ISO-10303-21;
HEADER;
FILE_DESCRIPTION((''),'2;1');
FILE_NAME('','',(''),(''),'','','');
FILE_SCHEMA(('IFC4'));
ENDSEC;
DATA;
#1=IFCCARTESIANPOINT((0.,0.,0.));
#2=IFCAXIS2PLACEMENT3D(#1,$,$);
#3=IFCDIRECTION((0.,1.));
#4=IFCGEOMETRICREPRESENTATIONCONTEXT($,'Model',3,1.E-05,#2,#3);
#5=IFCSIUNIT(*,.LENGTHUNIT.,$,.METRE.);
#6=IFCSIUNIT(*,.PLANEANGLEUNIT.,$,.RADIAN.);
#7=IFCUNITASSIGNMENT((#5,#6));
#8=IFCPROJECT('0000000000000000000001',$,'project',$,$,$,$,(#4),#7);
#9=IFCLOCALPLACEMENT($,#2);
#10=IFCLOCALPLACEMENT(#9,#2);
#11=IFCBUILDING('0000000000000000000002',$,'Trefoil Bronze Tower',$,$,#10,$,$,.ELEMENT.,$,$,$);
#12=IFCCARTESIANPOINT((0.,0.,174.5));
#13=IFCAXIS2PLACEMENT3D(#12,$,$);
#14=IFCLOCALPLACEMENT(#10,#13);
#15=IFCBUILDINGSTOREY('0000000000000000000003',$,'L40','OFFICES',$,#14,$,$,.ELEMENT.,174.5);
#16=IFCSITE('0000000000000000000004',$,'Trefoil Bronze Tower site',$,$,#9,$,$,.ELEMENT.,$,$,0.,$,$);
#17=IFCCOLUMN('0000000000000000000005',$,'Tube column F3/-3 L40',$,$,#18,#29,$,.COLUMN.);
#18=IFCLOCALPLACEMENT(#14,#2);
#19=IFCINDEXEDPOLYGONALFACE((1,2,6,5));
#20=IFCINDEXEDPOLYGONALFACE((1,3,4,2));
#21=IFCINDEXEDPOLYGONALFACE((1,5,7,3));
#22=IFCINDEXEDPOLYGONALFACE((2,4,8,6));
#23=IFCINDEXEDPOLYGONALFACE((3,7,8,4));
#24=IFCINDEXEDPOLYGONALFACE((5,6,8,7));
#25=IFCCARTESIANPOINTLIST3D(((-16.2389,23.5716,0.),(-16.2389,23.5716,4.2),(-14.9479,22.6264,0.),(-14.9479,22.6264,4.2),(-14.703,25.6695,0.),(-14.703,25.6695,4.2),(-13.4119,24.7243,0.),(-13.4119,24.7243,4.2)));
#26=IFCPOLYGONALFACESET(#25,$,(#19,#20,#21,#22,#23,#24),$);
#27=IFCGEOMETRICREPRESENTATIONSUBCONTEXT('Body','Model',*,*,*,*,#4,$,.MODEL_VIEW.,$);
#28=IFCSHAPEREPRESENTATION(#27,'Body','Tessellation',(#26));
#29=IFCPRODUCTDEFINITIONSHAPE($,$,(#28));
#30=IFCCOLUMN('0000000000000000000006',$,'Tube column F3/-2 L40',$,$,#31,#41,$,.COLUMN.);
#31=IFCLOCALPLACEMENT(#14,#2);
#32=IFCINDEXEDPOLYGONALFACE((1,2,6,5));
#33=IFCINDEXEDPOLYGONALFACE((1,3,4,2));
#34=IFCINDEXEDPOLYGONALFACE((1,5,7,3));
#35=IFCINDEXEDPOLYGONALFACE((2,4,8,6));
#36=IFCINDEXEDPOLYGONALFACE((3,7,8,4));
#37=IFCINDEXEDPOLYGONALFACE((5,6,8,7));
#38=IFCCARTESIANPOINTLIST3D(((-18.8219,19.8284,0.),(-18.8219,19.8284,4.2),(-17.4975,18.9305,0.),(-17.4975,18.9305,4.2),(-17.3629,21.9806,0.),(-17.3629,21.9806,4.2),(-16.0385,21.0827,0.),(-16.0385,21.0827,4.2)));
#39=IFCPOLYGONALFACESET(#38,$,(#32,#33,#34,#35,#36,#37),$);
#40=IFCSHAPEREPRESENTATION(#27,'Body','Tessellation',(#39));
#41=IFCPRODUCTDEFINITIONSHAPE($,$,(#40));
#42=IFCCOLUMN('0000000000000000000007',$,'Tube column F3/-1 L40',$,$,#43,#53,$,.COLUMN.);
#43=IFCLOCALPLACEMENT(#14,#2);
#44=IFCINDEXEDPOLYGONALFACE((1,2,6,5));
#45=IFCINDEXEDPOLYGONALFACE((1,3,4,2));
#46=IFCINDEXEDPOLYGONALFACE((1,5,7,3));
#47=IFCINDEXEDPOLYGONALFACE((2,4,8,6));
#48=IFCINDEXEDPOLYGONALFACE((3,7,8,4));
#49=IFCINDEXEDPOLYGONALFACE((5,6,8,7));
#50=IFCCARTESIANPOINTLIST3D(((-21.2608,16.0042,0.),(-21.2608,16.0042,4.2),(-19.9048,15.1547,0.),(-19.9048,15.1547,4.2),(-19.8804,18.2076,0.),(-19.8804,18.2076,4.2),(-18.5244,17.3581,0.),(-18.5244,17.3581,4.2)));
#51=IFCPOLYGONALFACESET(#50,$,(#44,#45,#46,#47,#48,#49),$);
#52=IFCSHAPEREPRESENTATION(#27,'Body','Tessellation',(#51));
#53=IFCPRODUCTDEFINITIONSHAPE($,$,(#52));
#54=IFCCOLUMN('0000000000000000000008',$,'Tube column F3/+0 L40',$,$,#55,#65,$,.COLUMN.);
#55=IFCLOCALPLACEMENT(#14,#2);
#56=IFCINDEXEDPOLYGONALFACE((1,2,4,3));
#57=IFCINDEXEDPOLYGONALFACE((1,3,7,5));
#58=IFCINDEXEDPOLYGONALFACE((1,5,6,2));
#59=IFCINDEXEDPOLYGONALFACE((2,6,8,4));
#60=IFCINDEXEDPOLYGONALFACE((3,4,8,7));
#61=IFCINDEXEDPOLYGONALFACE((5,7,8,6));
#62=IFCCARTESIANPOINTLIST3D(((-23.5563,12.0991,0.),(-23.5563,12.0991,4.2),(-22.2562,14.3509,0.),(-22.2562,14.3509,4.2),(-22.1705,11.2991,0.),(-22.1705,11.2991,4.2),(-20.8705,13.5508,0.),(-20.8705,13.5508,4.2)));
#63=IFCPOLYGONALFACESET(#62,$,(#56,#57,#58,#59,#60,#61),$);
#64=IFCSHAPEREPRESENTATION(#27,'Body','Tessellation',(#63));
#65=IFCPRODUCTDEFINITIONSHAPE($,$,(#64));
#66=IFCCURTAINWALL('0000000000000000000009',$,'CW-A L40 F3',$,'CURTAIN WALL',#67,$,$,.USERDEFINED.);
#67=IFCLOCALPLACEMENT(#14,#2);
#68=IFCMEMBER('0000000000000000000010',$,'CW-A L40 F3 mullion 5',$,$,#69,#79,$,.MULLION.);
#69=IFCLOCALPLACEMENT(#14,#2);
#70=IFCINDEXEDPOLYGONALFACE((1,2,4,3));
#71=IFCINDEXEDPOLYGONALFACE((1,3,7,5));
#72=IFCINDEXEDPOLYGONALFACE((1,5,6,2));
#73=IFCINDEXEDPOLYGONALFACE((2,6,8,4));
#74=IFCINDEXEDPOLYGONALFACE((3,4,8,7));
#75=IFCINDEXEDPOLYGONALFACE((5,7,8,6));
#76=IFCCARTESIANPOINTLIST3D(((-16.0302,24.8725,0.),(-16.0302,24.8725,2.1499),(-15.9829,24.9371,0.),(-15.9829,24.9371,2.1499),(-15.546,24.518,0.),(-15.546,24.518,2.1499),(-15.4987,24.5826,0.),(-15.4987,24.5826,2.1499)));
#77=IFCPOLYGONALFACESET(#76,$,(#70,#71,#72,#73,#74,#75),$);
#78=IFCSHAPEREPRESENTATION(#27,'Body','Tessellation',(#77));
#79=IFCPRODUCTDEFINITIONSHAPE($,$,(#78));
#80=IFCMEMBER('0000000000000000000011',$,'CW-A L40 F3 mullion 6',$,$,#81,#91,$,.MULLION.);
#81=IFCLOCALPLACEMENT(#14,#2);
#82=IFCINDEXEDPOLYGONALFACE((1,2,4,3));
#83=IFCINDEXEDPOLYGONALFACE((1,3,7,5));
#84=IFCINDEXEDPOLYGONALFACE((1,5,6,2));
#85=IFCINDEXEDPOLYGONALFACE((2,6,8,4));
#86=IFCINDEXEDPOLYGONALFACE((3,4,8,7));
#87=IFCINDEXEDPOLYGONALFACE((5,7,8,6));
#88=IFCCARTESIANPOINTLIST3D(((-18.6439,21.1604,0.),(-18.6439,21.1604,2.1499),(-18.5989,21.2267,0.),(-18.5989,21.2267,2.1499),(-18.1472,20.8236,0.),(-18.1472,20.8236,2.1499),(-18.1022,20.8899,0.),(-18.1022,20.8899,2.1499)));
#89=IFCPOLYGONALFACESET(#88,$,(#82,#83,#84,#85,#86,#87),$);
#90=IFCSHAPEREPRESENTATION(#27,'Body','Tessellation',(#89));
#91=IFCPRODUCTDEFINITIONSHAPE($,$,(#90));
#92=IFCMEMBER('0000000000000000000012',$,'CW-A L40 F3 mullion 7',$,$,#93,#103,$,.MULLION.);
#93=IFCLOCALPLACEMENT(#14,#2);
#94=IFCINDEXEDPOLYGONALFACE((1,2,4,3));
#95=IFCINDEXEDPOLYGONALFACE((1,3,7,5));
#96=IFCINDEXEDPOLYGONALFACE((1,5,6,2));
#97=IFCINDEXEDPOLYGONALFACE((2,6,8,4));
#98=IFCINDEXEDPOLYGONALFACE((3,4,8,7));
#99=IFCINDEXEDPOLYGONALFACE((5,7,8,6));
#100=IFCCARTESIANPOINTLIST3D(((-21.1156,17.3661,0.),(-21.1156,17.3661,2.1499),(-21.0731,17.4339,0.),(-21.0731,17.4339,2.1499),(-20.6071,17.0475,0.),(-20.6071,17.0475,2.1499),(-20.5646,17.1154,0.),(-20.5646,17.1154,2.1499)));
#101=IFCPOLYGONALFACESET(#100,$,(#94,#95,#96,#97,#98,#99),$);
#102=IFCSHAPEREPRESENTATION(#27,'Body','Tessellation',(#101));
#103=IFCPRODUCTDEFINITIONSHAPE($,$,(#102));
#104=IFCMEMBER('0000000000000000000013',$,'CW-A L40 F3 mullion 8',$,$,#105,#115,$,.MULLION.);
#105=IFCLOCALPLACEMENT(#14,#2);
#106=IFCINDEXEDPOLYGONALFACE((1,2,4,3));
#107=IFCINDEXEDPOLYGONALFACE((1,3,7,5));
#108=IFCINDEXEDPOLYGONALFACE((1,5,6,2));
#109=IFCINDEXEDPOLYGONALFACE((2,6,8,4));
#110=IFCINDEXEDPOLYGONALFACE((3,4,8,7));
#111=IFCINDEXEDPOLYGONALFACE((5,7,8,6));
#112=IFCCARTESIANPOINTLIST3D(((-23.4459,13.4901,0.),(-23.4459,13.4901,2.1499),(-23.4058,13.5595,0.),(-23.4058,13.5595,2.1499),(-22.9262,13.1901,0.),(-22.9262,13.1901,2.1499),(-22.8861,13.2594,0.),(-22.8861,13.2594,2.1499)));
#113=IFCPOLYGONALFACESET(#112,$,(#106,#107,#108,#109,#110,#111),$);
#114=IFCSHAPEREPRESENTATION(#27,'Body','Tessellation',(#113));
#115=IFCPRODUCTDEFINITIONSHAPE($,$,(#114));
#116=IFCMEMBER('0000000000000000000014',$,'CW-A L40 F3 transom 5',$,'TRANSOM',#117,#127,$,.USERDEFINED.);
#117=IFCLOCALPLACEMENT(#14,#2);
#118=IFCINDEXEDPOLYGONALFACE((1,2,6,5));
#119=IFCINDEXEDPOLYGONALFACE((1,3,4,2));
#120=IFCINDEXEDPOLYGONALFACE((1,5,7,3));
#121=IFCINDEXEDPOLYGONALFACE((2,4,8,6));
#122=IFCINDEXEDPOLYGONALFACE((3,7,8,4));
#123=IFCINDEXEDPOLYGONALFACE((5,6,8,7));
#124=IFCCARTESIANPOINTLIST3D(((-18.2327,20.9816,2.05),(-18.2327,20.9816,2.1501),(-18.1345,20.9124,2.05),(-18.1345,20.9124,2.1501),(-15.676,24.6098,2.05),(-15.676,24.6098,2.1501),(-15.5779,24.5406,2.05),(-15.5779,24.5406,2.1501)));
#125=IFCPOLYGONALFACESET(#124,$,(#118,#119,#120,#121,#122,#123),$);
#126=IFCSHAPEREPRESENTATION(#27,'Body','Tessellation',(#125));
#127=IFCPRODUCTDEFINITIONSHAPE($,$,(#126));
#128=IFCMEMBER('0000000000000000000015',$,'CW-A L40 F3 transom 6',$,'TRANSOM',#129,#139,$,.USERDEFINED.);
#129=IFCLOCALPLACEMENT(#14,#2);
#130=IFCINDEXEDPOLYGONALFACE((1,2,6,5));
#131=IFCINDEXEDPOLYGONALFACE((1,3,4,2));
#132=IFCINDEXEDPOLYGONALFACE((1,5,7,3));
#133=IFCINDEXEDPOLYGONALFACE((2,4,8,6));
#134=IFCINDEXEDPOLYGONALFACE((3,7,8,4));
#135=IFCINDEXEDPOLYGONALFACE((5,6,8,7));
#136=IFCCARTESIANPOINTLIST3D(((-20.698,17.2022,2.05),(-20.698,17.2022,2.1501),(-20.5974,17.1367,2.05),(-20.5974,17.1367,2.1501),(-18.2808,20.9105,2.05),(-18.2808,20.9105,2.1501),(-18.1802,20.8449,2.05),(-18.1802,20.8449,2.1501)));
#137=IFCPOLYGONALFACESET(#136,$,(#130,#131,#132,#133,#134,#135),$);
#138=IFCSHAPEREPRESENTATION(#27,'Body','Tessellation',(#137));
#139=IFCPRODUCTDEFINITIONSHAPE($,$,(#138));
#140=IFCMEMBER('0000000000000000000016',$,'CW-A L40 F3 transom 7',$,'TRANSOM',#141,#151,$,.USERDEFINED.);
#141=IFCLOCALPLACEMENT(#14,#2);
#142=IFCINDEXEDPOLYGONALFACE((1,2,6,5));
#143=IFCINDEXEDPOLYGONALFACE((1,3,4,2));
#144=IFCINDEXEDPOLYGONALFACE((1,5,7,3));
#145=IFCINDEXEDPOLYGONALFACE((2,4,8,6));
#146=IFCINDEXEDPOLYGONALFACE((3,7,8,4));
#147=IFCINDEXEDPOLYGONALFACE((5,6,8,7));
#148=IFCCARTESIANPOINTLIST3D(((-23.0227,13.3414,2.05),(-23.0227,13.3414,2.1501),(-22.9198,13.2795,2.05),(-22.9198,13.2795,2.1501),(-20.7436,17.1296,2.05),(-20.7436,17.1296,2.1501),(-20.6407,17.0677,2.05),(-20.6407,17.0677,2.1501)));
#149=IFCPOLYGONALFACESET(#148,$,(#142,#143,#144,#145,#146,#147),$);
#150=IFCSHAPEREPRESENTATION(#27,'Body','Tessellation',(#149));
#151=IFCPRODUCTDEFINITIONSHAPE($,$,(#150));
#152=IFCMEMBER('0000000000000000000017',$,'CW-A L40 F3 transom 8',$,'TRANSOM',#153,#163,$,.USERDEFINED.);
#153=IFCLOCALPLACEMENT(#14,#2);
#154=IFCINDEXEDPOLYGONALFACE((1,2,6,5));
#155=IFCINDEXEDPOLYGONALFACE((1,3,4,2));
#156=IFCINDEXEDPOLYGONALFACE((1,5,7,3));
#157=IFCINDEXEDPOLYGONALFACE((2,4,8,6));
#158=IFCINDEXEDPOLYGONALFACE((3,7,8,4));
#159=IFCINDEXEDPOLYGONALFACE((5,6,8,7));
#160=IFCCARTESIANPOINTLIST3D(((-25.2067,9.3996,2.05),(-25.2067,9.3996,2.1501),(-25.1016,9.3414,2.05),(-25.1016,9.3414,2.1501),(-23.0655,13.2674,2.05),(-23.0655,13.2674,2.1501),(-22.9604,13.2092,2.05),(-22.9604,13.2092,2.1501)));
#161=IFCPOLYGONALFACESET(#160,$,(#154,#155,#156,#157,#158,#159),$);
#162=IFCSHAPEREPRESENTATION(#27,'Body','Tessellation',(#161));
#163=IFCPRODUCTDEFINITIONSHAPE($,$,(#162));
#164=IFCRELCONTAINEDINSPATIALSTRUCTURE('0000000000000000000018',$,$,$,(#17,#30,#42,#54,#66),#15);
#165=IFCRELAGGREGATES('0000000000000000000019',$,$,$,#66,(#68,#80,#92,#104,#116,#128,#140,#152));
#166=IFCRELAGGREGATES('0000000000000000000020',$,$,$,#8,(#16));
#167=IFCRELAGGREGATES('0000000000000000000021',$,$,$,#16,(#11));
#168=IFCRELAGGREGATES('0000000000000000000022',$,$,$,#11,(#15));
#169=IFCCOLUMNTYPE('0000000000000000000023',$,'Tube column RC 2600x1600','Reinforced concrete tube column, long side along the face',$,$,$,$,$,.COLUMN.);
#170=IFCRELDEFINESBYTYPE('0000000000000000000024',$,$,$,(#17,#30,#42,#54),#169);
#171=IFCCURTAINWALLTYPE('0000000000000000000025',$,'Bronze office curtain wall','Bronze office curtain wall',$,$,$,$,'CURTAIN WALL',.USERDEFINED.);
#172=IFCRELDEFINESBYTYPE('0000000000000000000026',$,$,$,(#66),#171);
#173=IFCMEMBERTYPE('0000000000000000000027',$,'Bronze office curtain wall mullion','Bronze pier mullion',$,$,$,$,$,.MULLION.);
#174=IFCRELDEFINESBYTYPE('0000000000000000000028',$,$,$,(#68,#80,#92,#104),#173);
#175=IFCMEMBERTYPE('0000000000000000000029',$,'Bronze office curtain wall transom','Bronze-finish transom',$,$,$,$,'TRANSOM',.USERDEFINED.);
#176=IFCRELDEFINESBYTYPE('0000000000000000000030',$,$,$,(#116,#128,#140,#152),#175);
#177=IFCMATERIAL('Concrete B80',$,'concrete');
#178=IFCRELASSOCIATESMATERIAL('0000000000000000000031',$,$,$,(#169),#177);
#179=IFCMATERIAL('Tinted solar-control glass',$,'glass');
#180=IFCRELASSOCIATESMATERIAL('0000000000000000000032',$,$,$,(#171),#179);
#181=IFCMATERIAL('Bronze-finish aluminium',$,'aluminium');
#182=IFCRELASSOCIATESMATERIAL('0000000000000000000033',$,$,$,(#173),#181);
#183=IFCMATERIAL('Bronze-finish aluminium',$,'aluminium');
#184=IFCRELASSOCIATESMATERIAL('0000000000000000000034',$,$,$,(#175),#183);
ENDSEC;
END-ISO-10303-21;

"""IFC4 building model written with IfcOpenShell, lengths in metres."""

from ifc_helpers import new_model, si_unit, direction, frame, origin, origin_2d, place, context, subcontext, project, spatial, rectangle, extrude, material, material_profile, profile_set, type_object, element, aggregate, save


model = new_model("IFC4")

# Units and contexts
model_context = context("Model", 3, precision=1e-05, world=origin(), true_north=direction((0.0, 1.0)))
body_context = subcontext(model_context, "Body", "Model", "MODEL_VIEW")
ifc_project = project(units=[si_unit("LENGTHUNIT", "METRE"), si_unit("PLANEANGLEUNIT", "RADIAN")], contexts=[model_context])

# Site, building, storey
site_placement = place(None, origin())
site = spatial("IfcSite", under=ifc_project, at=site_placement, Name="Trefoil Bronze Tower site", CompositionType="ELEMENT", RefElevation=0.0)
building_placement = place(site_placement, origin())
building = spatial("IfcBuilding", under=site, at=building_placement, Name="Trefoil Bronze Tower", CompositionType="ELEMENT")
storey_placement = place(building_placement, frame((0.0, 0.0, 174.5)))
storey = spatial("IfcBuildingStorey", under=building, at=storey_placement, Name="L40", Description="OFFICES", CompositionType="ELEMENT", Elevation=174.5)

# Columns
ifc_material_1 = material(Name="Concrete B80", Category="concrete")
ifc_material_profile_1 = material_profile(ifc_material_1, rectangle(XDim=2.6001, YDim=1.6001, at=origin_2d()), Name="RC 2600x1600")
ifc_profile_set_1 = profile_set([ifc_material_profile_1], Name="Concrete B80")
column_type = type_object("IfcColumnType", Name="Tube column RC 2600x1600", Description="Reinforced concrete tube column, long side along the face", PredefinedType="COLUMN", material=ifc_profile_set_1)
for number, where, z_axis, x_axis, name in (
    (1, (-14.8254, 24.1479, 0.0), (0.0, 0.0, 1.0), (-0.590723, -0.806875, 0.0), "Tube column F3/-3 L40"),
    (2, (-17.4302, 20.4556, 0.0), (0.0, 0.0, 1.0), (-0.561136, -0.827724, 0.0), "Tube column F3/-2 L40"),
    (3, (-19.8926, 16.6812, 0.0), (0.0, 0.0, 1.0), (-0.530893, -0.847439, 0.0), "Tube column F3/-1 L40"),
    (4, (-22.2134, 12.825, 0.0), (0.0, 0.0, 1.0), (-0.5, -0.866025, 0.0), "Tube column F3/+0 L40"),
):
    element("IfcColumn", number, at=place(storey_placement, frame(where, z_axis=z_axis, x_axis=x_axis)), inside=storey, type_object=column_type, Name=name, PredefinedType="COLUMN", context=body_context, shape_type="SweptSolid", body=[
        extrude(rectangle(XDim=2.6001, YDim=1.6001, at=origin_2d()), origin(), (0.0, 0.0, 1.0), 4.2),
    ])

# Curtain wall, members
ifc_material_2 = material(Name="Tinted solar-control glass", Category="glass")
curtain_wall_type = type_object("IfcCurtainWallType", Name="Bronze office curtain wall", Description="Bronze office curtain wall", ElementType="CURTAIN WALL", PredefinedType="USERDEFINED", material=ifc_material_2)
curtain_wall_placement = place(storey_placement, origin())
curtain_wall = element("IfcCurtainWall", 5, at=curtain_wall_placement, inside=storey, type_object=curtain_wall_type, Name="CW-A L40 F3", ObjectType="CURTAIN WALL", PredefinedType="USERDEFINED")
ifc_material_3 = material(Name="Bronze-finish aluminium", Category="aluminium")
ifc_material_profile_2 = material_profile(ifc_material_3, rectangle(XDim=0.6001, YDim=0.0801, at=origin_2d()), Name="CW-A mullion")
ifc_profile_set_2 = profile_set([ifc_material_profile_2], Name="Bronze-finish aluminium")
member_type_1 = type_object("IfcMemberType", Name="Bronze office curtain wall mullion", Description="Bronze pier mullion", PredefinedType="MULLION", material=ifc_profile_set_2)
member_1_placement = place(storey_placement, frame((-15.7644, 24.7275, 0.0), z_axis=(0.0, 0.0, 1.0), x_axis=(0.806875, -0.590723, 0.0)))
member_1 = element("IfcMember", 6, at=member_1_placement, type_object=member_type_1, Name="CW-A L40 F3 mullion 5", PredefinedType="MULLION", context=body_context, shape_type="SweptSolid", body=[
    extrude(rectangle(XDim=0.6001, YDim=0.0801, at=origin_2d()), origin(), (0.0, 0.0, 1.0), 2.1499),
])
member_2_placement = place(storey_placement, frame((-18.373, 21.0251, 0.0), z_axis=(0.0, 0.0, 1.0), x_axis=(0.827724, -0.561136, 0.0)))
member_2 = element("IfcMember", 7, at=member_2_placement, type_object=member_type_1, Name="CW-A L40 F3 mullion 6", PredefinedType="MULLION", context=body_context, shape_type="SweptSolid", body=[
    extrude(rectangle(XDim=0.6001, YDim=0.0801, at=origin_2d()), origin(), (0.0, 0.0, 1.0), 2.1499),
])
member_3_placement = place(storey_placement, frame((-20.8401, 17.2407, 0.0), z_axis=(0.0, 0.0, 1.0), x_axis=(0.847439, -0.530893, 0.0)))
member_3 = element("IfcMember", 8, at=member_3_placement, type_object=member_type_1, Name="CW-A L40 F3 mullion 7", PredefinedType="MULLION", context=body_context, shape_type="SweptSolid", body=[
    extrude(rectangle(XDim=0.6001, YDim=0.0801, at=origin_2d()), origin(), (0.0, 0.0, 1.0), 2.1499),
])
member_4_placement = place(storey_placement, frame((-23.166, 13.3748, 0.0), z_axis=(0.0, 0.0, 1.0), x_axis=(0.866025, -0.5, 0.0)))
member_4 = element("IfcMember", 9, at=member_4_placement, type_object=member_type_1, Name="CW-A L40 F3 mullion 8", PredefinedType="MULLION", context=body_context, shape_type="SweptSolid", body=[
    extrude(rectangle(XDim=0.6001, YDim=0.0801, at=origin_2d()), origin(), (0.0, 0.0, 1.0), 2.1499),
])
ifc_material_4 = material(Name="Bronze-finish aluminium", Category="aluminium")
ifc_material_profile_3 = material_profile(ifc_material_4, rectangle(XDim=0.1201, YDim=0.1001, at=origin_2d()), Name="CW-A transom")
ifc_profile_set_3 = profile_set([ifc_material_profile_3], Name="Bronze-finish aluminium")
member_type_2 = type_object("IfcMemberType", Name="Bronze office curtain wall transom", Description="Bronze-finish transom", ElementType="TRANSOM", PredefinedType="USERDEFINED", material=ifc_profile_set_3)
member_5_placement = place(storey_placement, frame((-15.627, 24.5752, 2.1001), z_axis=(-0.576018, -0.817437, 0.0), x_axis=(0.817437, -0.576018, 0.0)))
member_5 = element("IfcMember", 10, at=member_5_placement, type_object=member_type_2, Name="CW-A L40 F3 transom 5", ObjectType="TRANSOM", PredefinedType="USERDEFINED", context=body_context, shape_type="SweptSolid", body=[
    extrude(rectangle(XDim=0.1201, YDim=0.1001, at=origin_2d()), origin(), (0.0, 0.0, 1.0), 4.4385),
])
member_6_placement = place(storey_placement, frame((-18.2305, 20.8777, 2.1001), z_axis=(-0.546079, -0.837733, 0.0), x_axis=(0.837733, -0.546079, 0.0)))
member_6 = element("IfcMember", 11, at=member_6_placement, type_object=member_type_2, Name="CW-A L40 F3 transom 6", ObjectType="TRANSOM", PredefinedType="USERDEFINED", context=body_context, shape_type="SweptSolid", body=[
    extrude(rectangle(XDim=0.1201, YDim=0.1001, at=origin_2d()), origin(), (0.0, 0.0, 1.0), 4.4265),
])
member_7_placement = place(storey_placement, frame((-20.6921, 17.0986, 2.1001), z_axis=(-0.515527, -0.856873, 0.0), x_axis=(0.856873, -0.515527, 0.0)))
member_7 = element("IfcMember", 12, at=member_7_placement, type_object=member_type_2, Name="CW-A L40 F3 transom 7", ObjectType="TRANSOM", PredefinedType="USERDEFINED", context=body_context, shape_type="SweptSolid", body=[
    extrude(rectangle(XDim=0.1201, YDim=0.1001, at=origin_2d()), origin(), (0.0, 0.0, 1.0), 4.4209),
])
member_8_placement = place(storey_placement, frame((-23.0129, 13.2383, 2.1001), z_axis=(-0.484329, -0.874886, 0.0), x_axis=(0.874886, -0.484329, 0.0)))
member_8 = element("IfcMember", 13, at=member_8_placement, type_object=member_type_2, Name="CW-A L40 F3 transom 8", ObjectType="TRANSOM", PredefinedType="USERDEFINED", context=body_context, shape_type="SweptSolid", body=[
    extrude(rectangle(XDim=0.1201, YDim=0.1001, at=origin_2d()), origin(), (0.0, 0.0, 1.0), 4.4209),
])

aggregate(curtain_wall, [member_1, member_2, member_3, member_4, member_5, member_6, member_7, member_8])

save(model, "model.ifc")
